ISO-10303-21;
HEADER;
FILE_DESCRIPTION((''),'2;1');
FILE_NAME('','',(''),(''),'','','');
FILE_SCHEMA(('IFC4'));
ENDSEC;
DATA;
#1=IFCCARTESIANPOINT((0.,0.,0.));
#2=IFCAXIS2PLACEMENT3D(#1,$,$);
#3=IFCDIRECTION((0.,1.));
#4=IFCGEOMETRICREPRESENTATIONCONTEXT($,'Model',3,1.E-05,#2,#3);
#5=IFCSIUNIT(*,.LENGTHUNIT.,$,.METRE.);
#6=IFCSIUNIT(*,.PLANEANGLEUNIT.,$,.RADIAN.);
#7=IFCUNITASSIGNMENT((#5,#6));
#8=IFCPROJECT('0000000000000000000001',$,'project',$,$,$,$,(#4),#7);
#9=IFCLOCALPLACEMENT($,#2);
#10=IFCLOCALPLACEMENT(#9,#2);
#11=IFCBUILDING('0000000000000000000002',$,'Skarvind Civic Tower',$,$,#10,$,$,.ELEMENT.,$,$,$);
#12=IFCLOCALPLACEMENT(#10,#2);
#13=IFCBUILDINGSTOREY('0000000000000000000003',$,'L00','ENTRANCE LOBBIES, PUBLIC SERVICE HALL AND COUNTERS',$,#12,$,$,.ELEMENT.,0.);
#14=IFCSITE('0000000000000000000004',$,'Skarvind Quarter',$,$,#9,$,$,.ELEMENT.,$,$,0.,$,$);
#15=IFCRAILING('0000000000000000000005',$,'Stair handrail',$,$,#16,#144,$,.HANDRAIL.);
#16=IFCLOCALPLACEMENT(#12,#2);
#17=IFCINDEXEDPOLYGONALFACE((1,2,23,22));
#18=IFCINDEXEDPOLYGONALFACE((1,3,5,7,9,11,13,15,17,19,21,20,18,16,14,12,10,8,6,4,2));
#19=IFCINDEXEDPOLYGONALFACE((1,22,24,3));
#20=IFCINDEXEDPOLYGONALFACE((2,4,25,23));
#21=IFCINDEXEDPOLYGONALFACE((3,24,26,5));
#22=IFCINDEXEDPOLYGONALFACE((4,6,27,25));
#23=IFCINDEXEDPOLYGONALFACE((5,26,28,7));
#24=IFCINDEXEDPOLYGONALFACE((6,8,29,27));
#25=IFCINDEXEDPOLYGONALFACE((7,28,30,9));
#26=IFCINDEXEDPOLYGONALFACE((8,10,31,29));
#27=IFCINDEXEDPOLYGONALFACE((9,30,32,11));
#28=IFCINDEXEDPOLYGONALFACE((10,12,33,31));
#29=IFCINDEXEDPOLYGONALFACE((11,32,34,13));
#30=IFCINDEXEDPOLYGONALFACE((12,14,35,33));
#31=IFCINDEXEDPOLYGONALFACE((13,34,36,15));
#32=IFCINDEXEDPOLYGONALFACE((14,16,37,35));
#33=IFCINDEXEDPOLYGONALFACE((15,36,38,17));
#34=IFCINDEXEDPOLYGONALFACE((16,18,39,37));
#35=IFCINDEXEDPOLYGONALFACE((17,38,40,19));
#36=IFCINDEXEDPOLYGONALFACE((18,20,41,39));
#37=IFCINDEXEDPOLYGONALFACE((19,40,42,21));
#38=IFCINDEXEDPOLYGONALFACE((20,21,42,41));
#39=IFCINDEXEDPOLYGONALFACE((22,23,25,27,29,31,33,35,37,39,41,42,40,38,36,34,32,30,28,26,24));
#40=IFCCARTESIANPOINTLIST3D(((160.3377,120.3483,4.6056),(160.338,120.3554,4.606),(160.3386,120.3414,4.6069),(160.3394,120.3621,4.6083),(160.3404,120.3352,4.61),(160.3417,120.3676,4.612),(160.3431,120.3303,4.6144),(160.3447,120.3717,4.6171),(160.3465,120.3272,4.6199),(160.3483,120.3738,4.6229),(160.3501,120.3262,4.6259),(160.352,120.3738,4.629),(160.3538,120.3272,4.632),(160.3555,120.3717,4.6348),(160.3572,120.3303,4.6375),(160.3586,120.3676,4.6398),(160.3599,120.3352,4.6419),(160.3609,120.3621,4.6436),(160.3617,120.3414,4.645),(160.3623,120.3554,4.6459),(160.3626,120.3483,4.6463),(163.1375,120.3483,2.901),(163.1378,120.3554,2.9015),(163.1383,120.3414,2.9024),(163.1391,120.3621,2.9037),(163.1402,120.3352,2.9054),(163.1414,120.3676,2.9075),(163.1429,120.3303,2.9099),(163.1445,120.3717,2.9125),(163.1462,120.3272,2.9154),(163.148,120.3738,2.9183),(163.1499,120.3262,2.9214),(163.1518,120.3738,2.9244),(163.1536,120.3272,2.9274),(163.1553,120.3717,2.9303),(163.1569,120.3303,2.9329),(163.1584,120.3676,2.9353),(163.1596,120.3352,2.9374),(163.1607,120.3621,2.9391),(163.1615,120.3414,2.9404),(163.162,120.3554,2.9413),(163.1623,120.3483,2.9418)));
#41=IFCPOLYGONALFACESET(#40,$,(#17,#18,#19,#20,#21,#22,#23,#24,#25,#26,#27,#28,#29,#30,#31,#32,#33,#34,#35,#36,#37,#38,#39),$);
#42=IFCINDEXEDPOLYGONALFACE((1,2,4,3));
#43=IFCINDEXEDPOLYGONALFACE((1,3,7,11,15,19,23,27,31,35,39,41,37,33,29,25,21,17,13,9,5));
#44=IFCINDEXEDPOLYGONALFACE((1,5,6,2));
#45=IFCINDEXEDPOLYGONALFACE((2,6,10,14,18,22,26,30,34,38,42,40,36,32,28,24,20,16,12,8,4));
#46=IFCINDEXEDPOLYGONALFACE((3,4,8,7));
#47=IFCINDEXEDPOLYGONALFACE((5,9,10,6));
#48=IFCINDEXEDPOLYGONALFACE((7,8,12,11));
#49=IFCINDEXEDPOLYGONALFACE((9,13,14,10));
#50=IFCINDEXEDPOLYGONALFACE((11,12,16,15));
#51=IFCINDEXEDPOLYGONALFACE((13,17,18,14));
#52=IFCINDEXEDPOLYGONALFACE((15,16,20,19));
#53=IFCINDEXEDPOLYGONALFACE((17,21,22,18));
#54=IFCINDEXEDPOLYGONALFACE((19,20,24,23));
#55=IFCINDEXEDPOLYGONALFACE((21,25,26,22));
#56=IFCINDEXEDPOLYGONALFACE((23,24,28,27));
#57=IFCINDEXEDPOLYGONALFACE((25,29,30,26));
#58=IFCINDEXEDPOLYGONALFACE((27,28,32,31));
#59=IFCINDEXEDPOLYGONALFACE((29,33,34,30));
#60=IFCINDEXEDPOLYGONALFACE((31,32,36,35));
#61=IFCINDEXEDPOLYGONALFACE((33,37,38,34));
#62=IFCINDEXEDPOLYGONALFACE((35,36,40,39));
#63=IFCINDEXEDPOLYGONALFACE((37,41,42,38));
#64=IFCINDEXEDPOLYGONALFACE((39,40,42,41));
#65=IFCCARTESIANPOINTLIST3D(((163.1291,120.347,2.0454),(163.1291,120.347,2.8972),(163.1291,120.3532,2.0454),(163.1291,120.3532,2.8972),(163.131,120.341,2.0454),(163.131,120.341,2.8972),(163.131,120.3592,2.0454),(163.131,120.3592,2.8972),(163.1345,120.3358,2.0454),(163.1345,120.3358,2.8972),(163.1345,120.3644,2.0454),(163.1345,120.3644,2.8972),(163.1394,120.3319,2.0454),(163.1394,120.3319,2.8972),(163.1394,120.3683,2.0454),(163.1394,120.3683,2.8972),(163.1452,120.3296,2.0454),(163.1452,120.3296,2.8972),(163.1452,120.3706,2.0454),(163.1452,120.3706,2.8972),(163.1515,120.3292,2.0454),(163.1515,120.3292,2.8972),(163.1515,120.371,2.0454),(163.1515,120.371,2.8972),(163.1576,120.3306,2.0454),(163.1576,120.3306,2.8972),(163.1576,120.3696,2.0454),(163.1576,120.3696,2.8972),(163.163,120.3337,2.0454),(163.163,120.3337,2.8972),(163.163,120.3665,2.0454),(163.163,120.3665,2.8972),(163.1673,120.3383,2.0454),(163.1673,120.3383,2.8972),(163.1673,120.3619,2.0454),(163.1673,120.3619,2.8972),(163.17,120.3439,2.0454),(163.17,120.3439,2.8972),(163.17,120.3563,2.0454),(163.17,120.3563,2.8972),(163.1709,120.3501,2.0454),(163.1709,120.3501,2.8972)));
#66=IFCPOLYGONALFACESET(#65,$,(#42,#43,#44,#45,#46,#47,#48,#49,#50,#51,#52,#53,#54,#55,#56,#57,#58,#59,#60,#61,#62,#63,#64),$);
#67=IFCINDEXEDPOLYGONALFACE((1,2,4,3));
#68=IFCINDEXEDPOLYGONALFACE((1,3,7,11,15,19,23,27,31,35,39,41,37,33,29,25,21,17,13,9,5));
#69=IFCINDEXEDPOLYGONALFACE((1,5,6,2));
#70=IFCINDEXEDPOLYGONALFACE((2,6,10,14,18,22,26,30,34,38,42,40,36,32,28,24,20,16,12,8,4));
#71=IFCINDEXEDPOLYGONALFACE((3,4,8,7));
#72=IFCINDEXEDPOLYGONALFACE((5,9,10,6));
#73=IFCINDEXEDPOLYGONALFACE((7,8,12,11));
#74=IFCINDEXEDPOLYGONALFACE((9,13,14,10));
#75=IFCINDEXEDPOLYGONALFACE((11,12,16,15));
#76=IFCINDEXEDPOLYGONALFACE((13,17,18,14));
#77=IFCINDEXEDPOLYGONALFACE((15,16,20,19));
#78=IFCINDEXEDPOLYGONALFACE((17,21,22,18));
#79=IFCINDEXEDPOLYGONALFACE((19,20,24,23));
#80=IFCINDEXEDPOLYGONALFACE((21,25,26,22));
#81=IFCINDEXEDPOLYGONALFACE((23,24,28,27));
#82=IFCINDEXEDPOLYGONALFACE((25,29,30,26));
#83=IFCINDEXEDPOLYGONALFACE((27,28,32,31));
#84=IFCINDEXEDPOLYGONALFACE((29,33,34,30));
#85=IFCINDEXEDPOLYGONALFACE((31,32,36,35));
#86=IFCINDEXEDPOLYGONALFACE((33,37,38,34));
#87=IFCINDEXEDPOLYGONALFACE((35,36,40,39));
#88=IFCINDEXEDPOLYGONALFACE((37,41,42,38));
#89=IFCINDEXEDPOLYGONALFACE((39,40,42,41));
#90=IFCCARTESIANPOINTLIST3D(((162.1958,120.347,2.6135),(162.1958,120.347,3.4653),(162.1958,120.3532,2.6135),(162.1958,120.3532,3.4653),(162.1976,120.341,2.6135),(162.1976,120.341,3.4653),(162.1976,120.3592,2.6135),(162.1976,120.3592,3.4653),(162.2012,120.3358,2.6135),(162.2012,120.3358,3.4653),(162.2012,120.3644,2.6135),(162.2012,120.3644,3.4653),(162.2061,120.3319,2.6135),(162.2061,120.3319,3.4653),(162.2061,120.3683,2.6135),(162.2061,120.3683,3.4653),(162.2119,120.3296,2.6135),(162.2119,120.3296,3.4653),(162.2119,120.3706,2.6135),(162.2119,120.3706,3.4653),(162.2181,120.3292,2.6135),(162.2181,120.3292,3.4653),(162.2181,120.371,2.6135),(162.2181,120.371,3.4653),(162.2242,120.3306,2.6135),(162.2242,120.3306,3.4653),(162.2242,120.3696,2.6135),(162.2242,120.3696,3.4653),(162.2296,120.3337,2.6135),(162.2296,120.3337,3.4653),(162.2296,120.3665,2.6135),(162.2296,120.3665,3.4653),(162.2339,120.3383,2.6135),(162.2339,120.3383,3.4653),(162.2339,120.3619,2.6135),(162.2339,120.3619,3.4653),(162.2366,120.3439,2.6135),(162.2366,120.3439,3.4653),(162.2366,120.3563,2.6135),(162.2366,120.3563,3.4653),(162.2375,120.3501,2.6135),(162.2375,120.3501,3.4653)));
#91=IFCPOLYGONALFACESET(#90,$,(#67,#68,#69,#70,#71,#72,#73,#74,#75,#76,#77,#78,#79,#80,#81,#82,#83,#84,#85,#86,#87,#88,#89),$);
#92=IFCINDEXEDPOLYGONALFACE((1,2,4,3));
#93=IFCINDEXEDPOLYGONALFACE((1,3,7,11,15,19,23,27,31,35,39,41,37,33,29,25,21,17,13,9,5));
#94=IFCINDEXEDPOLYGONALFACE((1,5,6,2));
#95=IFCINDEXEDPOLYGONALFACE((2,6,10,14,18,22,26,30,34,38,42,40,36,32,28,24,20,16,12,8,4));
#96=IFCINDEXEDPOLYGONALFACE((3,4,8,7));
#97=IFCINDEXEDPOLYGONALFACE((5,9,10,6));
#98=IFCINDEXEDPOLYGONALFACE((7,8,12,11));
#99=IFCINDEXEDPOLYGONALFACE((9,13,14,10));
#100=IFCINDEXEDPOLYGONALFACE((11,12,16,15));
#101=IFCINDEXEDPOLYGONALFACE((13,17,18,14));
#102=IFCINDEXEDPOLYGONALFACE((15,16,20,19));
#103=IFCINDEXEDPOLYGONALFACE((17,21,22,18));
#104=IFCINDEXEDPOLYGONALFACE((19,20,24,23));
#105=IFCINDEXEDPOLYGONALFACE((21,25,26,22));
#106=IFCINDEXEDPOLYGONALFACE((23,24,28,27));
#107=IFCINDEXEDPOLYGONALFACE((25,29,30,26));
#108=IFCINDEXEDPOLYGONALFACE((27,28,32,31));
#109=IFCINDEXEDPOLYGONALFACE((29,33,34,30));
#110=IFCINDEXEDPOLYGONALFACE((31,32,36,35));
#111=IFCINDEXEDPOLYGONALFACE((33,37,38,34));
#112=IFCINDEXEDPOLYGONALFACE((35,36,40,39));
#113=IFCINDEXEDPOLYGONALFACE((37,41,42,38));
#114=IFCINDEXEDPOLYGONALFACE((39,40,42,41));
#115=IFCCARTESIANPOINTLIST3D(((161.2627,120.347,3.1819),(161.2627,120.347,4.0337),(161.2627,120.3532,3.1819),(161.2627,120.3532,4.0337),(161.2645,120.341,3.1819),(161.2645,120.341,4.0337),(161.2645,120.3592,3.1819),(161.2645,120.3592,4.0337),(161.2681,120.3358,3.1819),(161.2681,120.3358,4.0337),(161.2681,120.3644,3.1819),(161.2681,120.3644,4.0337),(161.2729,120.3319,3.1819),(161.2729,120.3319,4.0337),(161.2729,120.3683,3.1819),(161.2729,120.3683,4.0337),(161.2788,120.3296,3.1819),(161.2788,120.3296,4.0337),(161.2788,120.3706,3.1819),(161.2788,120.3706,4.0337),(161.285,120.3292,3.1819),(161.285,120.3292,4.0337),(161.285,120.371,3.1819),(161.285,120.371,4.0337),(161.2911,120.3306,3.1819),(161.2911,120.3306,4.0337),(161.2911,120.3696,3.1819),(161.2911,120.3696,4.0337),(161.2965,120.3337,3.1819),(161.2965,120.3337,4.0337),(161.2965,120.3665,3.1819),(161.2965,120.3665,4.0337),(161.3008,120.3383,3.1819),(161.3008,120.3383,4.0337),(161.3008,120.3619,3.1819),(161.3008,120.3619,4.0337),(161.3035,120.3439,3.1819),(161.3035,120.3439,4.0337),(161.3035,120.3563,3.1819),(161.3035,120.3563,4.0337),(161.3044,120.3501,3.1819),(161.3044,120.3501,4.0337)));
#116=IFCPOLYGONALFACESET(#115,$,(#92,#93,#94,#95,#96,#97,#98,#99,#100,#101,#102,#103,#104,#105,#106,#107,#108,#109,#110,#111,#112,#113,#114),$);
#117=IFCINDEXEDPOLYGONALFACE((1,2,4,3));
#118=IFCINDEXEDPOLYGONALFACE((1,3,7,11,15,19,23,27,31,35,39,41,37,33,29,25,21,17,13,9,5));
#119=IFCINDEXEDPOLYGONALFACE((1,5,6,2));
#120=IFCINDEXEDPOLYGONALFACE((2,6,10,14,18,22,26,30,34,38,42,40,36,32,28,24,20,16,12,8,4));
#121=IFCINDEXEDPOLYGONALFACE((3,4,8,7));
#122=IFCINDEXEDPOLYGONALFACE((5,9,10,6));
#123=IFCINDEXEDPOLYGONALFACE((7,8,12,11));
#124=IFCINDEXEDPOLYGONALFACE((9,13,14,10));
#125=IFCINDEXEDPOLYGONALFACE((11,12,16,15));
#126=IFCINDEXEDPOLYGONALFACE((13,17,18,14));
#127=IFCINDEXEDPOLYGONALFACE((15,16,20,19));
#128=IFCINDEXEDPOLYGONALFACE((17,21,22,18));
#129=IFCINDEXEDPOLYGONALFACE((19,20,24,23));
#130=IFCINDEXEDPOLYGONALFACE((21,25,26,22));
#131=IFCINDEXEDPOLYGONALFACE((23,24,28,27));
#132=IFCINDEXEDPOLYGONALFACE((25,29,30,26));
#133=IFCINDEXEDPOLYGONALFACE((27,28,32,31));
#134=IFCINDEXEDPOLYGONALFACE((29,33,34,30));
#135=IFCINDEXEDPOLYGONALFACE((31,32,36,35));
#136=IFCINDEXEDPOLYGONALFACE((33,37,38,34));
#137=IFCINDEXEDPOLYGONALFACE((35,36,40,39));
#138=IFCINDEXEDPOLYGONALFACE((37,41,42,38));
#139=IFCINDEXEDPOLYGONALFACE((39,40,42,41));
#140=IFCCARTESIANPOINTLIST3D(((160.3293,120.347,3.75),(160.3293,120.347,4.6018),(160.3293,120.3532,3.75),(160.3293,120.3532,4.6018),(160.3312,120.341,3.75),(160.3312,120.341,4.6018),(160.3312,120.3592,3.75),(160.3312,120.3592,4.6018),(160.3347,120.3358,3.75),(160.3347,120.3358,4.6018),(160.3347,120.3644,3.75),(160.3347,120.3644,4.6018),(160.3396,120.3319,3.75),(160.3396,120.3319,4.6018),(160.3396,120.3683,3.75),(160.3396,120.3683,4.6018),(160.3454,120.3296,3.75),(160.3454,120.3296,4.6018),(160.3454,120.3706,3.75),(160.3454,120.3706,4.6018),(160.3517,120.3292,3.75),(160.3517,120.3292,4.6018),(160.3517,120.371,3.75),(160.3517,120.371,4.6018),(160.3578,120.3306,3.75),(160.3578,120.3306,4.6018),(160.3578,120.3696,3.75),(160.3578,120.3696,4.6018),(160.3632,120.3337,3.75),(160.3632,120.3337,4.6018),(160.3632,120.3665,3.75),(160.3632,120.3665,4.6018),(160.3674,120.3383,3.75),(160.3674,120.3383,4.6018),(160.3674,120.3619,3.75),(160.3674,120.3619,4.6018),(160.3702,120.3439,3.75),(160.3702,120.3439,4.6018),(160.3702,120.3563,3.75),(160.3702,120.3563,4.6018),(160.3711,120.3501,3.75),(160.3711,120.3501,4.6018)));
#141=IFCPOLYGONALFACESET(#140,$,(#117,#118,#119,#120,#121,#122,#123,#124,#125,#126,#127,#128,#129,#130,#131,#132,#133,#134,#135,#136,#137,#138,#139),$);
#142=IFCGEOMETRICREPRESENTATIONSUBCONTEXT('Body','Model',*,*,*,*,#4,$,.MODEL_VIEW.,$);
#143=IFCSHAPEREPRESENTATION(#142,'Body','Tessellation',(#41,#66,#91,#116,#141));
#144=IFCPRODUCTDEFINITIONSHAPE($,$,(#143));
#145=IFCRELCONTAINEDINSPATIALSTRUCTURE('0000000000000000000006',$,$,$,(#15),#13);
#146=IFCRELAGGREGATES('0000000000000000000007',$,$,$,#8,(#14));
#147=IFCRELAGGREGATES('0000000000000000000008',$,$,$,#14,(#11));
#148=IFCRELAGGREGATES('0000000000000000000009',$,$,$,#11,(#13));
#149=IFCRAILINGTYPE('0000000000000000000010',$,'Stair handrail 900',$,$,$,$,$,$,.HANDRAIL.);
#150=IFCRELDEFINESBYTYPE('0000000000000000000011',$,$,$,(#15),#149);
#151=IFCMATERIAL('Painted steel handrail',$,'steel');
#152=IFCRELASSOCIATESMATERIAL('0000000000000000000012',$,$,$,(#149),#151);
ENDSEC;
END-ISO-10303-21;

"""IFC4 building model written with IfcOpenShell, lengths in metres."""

from ifc_helpers import new_model, si_unit, direction, frame, origin, origin_2d, place, context, subcontext, project, spatial, circle, extrude, material, type_object, element, save


model = new_model("IFC4")

# Units and contexts
model_context = context("Model", 3, precision=1e-05, world=origin(), true_north=direction((0.0, 1.0)))
body_context = subcontext(model_context, "Body", "Model", "MODEL_VIEW")
ifc_project = project(units=[si_unit("LENGTHUNIT", "METRE"), si_unit("PLANEANGLEUNIT", "RADIAN")], contexts=[model_context])

# Site, building, storey
site_placement = place(None, origin())
site = spatial("IfcSite", under=ifc_project, at=site_placement, Name="Skarvind Quarter", CompositionType="ELEMENT", RefElevation=0.0)
building_placement = place(site_placement, origin())
building = spatial("IfcBuilding", under=site, at=building_placement, Name="Skarvind Civic Tower", CompositionType="ELEMENT")
storey_placement = place(building_placement, origin())
storey = spatial("IfcBuildingStorey", under=building, at=storey_placement, Name="L00", Description="ENTRANCE LOBBIES, PUBLIC SERVICE HALL AND COUNTERS", CompositionType="ELEMENT", Elevation=0.0)

# Railing
ifc_material_1 = material(Name="Painted steel handrail", Category="steel")
railing_type = type_object("IfcRailingType", Name="Stair handrail 900", PredefinedType="HANDRAIL", material=ifc_material_1)
railing_1_placement = place(storey_placement, frame((163.1499, 120.3501, 2.0454)))
element("IfcRailing", 1, at=railing_1_placement, inside=storey, type_object=railing_type, Name="Stair handrail", PredefinedType="HANDRAIL", context=body_context, shape_type="SweptSolid", body=[
    extrude(circle(Radius=0.0239, at=origin_2d()), frame((0.0, 0.0, 0.876), z_axis=(-0.85415, 0.0, 0.520027), x_axis=(0.0, -1.0, 0.0)), (0.0, 0.0, 1.0), 3.2778),
    extrude(circle(Radius=0.021, at=origin_2d()), origin(), (0.0, 0.0, 1.0), 0.8518),
    extrude(circle(Radius=0.021, at=origin_2d()), frame((-0.9333, 0.0, 0.5681)), (0.0, 0.0, 1.0), 0.8518),
    extrude(circle(Radius=0.021, at=origin_2d()), frame((-1.8665, 0.0, 1.1365)), (0.0, 0.0, 1.0), 0.8518),
    extrude(circle(Radius=0.021, at=origin_2d()), frame((-2.7998, 0.0, 1.7046)), (0.0, 0.0, 1.0), 0.8518),
])

save(model, "model.ifc")
